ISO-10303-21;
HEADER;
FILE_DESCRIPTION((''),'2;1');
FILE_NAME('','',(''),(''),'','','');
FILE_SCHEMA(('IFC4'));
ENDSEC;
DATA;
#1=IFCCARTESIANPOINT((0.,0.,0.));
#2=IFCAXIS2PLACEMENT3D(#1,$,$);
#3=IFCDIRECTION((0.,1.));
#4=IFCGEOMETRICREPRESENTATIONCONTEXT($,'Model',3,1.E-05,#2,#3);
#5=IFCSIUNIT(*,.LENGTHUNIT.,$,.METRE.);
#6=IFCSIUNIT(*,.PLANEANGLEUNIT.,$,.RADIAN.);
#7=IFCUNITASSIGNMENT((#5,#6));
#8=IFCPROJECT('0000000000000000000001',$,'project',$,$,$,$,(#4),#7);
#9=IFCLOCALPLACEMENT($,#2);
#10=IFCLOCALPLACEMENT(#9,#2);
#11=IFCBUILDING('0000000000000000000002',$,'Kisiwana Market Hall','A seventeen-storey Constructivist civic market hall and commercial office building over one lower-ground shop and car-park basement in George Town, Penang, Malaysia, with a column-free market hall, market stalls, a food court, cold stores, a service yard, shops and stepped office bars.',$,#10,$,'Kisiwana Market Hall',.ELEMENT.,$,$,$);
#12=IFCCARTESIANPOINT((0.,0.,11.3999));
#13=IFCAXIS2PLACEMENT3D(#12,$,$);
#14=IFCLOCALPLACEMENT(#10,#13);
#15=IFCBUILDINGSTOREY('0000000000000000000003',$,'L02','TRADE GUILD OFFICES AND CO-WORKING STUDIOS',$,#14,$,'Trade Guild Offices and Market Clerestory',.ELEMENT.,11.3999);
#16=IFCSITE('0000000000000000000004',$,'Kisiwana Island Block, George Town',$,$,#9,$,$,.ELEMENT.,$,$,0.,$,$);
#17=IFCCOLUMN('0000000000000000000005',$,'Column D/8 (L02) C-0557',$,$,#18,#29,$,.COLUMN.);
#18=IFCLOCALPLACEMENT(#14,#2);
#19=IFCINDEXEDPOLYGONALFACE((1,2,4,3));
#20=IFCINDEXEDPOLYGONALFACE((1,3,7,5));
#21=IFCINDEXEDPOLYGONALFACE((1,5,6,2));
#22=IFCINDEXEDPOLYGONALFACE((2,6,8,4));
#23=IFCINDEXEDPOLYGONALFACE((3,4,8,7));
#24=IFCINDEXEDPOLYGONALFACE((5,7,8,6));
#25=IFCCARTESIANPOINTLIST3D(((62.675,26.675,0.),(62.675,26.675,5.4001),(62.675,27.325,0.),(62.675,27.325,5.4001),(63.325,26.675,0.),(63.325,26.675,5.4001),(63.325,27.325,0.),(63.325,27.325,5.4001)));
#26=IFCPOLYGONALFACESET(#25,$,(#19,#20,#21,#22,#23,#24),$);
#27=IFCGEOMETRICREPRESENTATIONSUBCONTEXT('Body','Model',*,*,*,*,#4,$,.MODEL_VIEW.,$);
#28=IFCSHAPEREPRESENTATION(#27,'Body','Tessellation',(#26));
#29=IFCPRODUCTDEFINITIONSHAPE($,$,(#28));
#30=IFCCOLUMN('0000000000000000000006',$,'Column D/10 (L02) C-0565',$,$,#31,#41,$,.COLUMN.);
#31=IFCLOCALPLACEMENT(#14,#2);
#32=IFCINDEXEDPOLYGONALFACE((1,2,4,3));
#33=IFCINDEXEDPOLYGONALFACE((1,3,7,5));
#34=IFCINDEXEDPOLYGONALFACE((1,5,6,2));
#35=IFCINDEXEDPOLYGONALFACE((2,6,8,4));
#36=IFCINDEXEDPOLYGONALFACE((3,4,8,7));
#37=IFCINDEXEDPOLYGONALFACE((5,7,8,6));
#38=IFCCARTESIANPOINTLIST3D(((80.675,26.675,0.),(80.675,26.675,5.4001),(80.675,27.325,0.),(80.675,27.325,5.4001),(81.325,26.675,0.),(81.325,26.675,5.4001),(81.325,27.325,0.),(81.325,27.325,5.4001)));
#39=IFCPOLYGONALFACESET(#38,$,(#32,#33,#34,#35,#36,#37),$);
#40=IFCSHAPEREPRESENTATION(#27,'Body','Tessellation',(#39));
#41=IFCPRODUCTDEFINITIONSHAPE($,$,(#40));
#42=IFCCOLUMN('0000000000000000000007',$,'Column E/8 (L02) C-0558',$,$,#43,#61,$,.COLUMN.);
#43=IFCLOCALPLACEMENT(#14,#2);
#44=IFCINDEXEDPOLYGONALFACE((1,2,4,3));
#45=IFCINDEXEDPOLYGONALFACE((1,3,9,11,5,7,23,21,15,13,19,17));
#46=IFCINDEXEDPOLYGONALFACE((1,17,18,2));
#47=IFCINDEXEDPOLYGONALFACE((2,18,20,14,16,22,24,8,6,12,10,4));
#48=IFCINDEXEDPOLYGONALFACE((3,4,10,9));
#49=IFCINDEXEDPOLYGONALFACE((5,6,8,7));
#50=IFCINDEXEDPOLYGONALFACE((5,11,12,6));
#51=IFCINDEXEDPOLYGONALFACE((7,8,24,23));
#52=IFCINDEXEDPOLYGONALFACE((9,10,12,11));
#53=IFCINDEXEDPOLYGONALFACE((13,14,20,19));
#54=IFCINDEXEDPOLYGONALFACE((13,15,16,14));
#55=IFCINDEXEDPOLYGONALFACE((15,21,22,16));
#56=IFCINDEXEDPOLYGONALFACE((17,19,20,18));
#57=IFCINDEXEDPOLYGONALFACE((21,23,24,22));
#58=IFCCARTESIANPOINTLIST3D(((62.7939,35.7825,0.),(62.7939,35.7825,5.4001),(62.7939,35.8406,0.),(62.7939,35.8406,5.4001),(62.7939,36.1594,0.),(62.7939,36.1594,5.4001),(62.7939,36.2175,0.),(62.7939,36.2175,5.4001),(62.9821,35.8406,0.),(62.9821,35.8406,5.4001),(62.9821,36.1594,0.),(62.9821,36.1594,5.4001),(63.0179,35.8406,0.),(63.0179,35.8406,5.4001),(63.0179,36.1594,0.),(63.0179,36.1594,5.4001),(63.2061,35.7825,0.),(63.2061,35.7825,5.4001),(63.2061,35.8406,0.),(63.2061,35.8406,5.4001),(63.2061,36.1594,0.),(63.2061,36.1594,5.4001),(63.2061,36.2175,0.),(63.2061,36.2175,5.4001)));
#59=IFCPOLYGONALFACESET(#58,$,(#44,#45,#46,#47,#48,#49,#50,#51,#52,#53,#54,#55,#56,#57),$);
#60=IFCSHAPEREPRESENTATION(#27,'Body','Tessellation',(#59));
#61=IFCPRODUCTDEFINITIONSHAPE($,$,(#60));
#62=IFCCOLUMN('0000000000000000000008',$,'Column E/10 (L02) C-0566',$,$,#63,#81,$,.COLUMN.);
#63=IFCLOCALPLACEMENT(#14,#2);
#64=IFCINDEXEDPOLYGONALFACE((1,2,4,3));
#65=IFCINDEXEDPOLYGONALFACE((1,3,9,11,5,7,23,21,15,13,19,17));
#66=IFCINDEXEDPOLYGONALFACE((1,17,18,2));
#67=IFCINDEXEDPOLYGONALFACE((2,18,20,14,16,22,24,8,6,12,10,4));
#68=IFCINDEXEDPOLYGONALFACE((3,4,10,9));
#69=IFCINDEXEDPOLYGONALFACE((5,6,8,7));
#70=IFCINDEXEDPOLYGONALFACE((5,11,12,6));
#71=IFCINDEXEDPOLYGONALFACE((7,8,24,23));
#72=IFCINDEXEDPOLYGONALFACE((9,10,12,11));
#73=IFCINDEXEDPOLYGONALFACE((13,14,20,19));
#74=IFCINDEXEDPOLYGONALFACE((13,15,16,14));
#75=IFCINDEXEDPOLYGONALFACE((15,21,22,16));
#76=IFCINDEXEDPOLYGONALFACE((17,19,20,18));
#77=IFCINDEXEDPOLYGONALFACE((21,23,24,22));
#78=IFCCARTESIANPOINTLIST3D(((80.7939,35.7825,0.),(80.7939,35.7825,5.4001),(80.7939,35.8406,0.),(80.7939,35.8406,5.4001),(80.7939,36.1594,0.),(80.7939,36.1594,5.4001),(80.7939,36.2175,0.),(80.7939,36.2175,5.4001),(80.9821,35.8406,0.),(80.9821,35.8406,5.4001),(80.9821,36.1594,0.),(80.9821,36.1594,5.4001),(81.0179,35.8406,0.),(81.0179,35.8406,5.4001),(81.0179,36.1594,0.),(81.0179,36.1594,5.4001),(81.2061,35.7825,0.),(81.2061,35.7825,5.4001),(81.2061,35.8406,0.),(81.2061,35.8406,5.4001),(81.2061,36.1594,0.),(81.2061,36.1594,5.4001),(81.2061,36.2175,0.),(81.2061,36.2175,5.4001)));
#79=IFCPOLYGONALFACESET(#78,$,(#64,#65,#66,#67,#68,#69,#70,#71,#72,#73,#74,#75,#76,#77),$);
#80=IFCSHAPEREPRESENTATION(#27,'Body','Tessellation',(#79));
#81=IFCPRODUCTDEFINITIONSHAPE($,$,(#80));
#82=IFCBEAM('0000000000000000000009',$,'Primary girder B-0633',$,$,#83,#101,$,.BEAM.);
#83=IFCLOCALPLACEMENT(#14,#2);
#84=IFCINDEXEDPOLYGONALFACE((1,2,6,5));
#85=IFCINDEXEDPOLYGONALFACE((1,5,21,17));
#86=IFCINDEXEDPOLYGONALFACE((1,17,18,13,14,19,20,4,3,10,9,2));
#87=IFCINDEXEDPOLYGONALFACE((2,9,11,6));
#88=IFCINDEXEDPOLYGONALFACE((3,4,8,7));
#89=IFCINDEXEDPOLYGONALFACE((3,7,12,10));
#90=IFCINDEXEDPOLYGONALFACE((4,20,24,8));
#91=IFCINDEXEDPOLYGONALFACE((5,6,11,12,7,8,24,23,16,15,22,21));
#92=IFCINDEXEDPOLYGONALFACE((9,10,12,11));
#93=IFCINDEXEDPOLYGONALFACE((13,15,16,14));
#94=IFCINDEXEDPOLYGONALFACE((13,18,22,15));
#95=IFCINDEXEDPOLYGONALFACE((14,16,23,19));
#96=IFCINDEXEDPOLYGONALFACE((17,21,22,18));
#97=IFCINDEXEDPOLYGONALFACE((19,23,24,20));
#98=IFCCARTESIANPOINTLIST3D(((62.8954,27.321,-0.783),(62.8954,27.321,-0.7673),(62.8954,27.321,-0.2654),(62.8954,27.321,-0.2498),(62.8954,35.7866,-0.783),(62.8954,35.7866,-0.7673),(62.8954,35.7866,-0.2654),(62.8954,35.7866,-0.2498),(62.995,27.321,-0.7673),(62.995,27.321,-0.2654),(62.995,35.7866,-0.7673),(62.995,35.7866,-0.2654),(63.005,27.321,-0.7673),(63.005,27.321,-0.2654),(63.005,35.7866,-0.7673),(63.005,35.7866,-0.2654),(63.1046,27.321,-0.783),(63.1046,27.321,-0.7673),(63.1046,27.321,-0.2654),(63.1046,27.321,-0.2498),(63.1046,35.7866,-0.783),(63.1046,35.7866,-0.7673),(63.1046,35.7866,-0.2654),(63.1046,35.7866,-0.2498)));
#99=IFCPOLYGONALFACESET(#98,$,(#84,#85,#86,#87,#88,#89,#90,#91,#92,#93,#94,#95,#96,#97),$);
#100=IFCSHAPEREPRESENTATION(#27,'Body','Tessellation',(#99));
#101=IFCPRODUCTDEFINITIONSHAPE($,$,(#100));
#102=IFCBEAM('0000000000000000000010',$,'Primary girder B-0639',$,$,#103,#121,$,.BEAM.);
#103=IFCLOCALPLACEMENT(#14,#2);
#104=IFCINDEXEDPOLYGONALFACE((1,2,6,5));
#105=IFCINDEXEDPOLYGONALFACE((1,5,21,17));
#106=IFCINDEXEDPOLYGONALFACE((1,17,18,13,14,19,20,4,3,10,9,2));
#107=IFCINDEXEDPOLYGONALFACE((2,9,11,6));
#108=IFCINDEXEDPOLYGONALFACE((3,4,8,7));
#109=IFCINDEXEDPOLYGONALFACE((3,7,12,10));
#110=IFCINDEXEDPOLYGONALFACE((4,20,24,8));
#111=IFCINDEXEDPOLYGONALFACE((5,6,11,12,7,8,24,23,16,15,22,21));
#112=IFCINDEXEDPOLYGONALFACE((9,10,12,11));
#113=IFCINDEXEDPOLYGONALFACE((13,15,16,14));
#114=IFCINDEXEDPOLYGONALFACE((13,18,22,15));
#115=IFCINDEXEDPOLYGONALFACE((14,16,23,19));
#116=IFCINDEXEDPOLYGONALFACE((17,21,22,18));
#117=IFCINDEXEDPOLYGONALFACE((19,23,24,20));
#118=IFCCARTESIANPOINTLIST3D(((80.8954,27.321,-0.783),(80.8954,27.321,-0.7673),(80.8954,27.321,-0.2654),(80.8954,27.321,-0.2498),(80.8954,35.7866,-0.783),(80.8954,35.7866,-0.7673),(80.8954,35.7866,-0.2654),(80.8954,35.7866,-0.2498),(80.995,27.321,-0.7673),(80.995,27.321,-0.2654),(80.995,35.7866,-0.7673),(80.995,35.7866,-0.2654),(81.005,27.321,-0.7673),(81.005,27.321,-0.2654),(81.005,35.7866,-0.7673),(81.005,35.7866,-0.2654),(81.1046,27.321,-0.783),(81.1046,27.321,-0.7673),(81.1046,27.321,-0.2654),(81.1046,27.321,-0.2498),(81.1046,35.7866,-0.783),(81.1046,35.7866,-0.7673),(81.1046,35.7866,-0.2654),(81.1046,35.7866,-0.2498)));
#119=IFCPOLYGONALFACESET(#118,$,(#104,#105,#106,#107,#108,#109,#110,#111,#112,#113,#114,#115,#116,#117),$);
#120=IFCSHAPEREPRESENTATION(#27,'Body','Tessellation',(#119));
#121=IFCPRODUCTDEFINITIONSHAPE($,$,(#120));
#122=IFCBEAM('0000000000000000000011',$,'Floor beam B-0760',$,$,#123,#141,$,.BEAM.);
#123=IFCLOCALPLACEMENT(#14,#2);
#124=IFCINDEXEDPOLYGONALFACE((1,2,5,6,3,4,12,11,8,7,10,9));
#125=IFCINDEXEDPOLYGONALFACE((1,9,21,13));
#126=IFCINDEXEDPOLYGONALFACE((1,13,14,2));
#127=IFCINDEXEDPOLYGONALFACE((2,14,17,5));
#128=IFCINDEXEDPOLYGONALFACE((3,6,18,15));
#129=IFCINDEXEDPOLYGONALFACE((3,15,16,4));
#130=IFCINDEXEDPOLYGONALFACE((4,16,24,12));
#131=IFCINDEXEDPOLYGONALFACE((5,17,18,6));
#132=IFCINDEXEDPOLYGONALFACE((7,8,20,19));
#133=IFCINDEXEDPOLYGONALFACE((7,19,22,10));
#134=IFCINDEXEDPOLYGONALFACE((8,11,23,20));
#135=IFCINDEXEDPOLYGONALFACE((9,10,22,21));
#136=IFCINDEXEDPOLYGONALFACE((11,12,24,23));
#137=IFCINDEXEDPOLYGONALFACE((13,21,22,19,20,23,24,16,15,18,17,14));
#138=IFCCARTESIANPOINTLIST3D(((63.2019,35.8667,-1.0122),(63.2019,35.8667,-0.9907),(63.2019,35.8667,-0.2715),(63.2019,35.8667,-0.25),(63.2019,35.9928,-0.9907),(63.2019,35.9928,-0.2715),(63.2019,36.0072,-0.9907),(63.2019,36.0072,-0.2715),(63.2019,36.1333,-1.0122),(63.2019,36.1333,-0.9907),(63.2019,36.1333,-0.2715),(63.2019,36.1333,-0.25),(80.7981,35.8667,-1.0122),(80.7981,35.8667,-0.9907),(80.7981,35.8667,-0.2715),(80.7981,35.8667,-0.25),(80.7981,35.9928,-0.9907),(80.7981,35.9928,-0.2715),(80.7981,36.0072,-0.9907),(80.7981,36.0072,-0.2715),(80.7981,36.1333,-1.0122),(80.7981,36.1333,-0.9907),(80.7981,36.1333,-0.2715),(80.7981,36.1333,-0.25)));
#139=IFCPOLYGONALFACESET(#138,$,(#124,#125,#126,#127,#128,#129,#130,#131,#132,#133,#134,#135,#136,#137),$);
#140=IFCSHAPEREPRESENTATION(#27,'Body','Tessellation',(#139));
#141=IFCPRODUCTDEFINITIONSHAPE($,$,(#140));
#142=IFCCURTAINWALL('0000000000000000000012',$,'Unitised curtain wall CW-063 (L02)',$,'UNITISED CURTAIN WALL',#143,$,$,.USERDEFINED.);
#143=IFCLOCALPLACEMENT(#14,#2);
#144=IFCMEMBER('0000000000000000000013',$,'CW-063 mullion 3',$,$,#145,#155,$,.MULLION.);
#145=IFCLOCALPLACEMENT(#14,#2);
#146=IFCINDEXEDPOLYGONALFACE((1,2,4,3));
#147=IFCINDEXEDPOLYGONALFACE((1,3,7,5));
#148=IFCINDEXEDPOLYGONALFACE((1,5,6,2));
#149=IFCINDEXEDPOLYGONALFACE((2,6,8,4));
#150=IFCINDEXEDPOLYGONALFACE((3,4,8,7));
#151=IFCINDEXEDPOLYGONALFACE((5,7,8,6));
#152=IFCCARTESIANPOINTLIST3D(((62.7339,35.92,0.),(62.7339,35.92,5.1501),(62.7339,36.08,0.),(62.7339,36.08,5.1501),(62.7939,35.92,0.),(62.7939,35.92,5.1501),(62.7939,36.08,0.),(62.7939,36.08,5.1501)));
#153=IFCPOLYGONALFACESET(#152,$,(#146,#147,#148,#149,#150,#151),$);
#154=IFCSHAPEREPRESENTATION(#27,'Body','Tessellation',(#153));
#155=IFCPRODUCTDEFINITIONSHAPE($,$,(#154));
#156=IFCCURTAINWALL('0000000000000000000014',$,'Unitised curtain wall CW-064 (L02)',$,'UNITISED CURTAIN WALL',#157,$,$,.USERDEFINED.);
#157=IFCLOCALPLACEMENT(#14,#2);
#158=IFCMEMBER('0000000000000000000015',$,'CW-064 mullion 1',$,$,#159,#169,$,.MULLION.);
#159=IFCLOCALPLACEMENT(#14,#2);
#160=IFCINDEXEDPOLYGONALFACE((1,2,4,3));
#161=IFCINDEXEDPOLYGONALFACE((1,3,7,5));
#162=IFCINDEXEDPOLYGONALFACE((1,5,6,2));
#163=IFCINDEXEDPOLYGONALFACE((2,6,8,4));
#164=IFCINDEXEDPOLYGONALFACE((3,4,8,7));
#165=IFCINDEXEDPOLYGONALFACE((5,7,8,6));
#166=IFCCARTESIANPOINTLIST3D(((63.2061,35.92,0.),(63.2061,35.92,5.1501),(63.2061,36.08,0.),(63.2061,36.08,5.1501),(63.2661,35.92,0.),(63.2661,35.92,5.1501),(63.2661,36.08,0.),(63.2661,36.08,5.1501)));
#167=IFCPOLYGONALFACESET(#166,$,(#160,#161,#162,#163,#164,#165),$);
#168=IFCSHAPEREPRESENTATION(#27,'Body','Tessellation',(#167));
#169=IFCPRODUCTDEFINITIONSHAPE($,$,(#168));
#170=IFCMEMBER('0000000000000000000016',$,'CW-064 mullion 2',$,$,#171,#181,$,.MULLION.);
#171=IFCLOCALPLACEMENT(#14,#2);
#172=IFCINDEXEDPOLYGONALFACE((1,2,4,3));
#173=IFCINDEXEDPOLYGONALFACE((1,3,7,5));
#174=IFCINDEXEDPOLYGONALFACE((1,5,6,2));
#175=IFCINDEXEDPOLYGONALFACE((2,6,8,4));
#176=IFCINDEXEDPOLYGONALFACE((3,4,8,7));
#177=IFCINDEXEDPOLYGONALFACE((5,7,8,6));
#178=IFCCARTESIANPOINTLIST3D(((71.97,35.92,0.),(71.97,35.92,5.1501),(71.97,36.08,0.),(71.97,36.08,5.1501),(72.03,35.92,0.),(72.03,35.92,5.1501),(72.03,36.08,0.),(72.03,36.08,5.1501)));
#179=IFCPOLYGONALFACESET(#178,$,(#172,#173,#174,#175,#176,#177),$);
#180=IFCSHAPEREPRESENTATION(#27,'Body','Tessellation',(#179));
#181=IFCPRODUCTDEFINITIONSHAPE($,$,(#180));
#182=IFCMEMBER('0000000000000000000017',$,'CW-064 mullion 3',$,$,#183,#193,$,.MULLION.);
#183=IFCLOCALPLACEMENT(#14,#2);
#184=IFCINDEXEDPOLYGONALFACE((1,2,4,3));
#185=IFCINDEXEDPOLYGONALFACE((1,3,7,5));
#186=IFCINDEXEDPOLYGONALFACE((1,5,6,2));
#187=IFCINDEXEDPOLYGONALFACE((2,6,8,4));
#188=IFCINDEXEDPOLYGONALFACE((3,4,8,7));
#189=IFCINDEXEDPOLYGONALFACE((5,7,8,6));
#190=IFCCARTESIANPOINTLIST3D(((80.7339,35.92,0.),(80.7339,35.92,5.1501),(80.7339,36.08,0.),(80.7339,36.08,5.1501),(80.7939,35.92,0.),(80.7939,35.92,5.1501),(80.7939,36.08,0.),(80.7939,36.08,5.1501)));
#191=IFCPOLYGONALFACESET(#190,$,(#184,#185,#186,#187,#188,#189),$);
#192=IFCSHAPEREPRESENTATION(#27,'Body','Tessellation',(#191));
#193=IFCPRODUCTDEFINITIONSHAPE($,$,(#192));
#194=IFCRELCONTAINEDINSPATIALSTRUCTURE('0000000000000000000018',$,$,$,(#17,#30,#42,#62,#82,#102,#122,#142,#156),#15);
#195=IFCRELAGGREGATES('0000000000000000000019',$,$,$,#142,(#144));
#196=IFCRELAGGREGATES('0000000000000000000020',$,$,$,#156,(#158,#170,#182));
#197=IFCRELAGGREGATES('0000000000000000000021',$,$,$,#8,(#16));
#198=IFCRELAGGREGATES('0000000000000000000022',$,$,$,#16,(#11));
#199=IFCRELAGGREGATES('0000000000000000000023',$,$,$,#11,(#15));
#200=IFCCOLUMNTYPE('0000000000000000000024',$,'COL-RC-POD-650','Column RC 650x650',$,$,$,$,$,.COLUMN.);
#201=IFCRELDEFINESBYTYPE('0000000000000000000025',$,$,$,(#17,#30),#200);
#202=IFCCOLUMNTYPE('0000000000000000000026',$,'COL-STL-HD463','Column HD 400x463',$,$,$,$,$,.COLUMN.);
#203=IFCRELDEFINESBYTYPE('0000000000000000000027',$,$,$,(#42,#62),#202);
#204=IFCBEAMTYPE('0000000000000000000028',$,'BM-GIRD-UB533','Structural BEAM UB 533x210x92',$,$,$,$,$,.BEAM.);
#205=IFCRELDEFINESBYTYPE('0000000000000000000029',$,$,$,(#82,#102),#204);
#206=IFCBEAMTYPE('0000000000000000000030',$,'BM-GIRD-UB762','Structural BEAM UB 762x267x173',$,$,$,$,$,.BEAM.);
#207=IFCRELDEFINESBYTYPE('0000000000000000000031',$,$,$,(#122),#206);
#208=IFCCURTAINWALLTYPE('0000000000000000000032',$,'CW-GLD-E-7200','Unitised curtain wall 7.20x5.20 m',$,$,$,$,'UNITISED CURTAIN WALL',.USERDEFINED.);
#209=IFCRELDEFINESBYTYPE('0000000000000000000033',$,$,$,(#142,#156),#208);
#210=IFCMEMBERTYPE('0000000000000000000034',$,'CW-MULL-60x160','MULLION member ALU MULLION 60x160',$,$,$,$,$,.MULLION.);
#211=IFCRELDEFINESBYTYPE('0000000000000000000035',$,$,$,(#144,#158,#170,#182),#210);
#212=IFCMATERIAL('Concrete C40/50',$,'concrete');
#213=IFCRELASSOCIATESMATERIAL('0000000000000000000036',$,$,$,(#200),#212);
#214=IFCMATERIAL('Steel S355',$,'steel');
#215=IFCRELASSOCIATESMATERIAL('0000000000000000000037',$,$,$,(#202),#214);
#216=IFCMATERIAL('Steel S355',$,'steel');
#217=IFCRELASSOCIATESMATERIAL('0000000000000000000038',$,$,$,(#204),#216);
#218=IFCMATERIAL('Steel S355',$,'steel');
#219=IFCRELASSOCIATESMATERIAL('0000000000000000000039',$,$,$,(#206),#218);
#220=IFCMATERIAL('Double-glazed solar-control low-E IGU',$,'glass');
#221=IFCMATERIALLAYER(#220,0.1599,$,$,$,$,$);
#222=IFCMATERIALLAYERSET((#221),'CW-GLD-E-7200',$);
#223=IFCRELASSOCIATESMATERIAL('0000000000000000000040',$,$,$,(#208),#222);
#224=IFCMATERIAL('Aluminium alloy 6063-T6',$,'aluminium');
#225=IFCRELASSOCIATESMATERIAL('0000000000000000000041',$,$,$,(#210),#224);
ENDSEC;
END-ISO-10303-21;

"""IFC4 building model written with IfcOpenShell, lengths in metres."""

from ifc_helpers import new_model, si_unit, direction, frame, origin, origin_2d, place, context, subcontext, project, spatial, rectangle, i_section, extrude, material, layer, layer_set, material_profile, profile_set, type_object, element, aggregate, save


model = new_model("IFC4")

# Units and contexts
model_context = context("Model", 3, precision=1e-05, world=origin(), true_north=direction((0.0, 1.0)))
body_context = subcontext(model_context, "Body", "Model", "MODEL_VIEW")
ifc_project = project(units=[si_unit("LENGTHUNIT", "METRE"), si_unit("PLANEANGLEUNIT", "RADIAN")], contexts=[model_context])

# Site, building, storey
site_placement = place(None, origin())
site = spatial("IfcSite", under=ifc_project, at=site_placement, Name="Kisiwana Island Block, George Town", CompositionType="ELEMENT", RefElevation=0.0)
building_placement = place(site_placement, origin())
building = spatial("IfcBuilding", under=site, at=building_placement, Name="Kisiwana Market Hall", Description="A seventeen-storey Constructivist civic market hall and commercial office building over one lower-ground shop and car-park basement in George Town, Penang, Malaysia, with a column-free market hall, market stalls, a food court, cold stores, a service yard, shops and stepped office bars.", LongName="Kisiwana Market Hall", CompositionType="ELEMENT")
storey_placement = place(building_placement, frame((0.0, 0.0, 11.3999)))
storey = spatial("IfcBuildingStorey", under=building, at=storey_placement, Name="L02", Description="TRADE GUILD OFFICES AND CO-WORKING STUDIOS", LongName="Trade Guild Offices and Market Clerestory", CompositionType="ELEMENT", Elevation=11.3999)

# Columns
ifc_material_1 = material(Name="Concrete C40/50", Category="concrete")
ifc_material_profile_1 = material_profile(ifc_material_1, rectangle(XDim=0.6499, YDim=0.6499, at=origin_2d()), Name="RC 650x650")
ifc_profile_set_1 = profile_set([ifc_material_profile_1], Name="Concrete C40/50")
column_type_1 = type_object("IfcColumnType", Name="COL-RC-POD-650", Description="Column RC 650x650", PredefinedType="COLUMN", material=ifc_profile_set_1)
for number, where, z_axis, x_axis, name in (
    (1, (63.0, 27.0, 0.0), (0.0, 0.0, 1.0), (1.0, 0.0, 0.0), "Column D/8 (L02) C-0557"),
    (2, (81.0, 27.0, 0.0), (0.0, 0.0, 1.0), (1.0, 0.0, 0.0), "Column D/10 (L02) C-0565"),
):
    element("IfcColumn", number, at=place(storey_placement, frame(where, z_axis=z_axis, x_axis=x_axis)), inside=storey, type_object=column_type_1, Name=name, PredefinedType="COLUMN", context=body_context, shape_type="SweptSolid", body=[
        extrude(rectangle(XDim=0.6499, YDim=0.6499, at=origin_2d()), origin(), (0.0, 0.0, 1.0), 5.4001),
    ])
ifc_material_2 = material(Name="Steel S355", Category="steel")
ifc_material_profile_2 = material_profile(ifc_material_2, i_section(OverallWidth=0.4121, OverallDepth=0.4351, WebThickness=0.0359, FlangeThickness=0.0581, at=origin_2d()), Name="HD 400x463")
ifc_profile_set_2 = profile_set([ifc_material_profile_2], Name="Steel S355")
column_type_2 = type_object("IfcColumnType", Name="COL-STL-HD463", Description="Column HD 400x463", PredefinedType="COLUMN", material=ifc_profile_set_2)
for number, where, z_axis, x_axis, name in (
    (3, (63.0, 36.0, 0.0), (0.0, 0.0, 1.0), (1.0, 0.0, 0.0), "Column E/8 (L02) C-0558"),
    (4, (81.0, 36.0, 0.0), (0.0, 0.0, 1.0), (1.0, 0.0, 0.0), "Column E/10 (L02) C-0566"),
):
    element("IfcColumn", number, at=place(storey_placement, frame(where, z_axis=z_axis, x_axis=x_axis)), inside=storey, type_object=column_type_2, Name=name, PredefinedType="COLUMN", context=body_context, shape_type="SweptSolid", body=[
        extrude(i_section(OverallWidth=0.4121, OverallDepth=0.4351, WebThickness=0.0359, FlangeThickness=0.0581, at=origin_2d()), origin(), (0.0, 0.0, 1.0), 5.4001),
    ])

# Beams
ifc_material_3 = material(Name="Steel S355", Category="steel")
ifc_material_profile_3 = material_profile(ifc_material_3, i_section(OverallWidth=0.2092, OverallDepth=0.5332, WebThickness=0.01, FlangeThickness=0.0156, at=origin_2d()), Name="UB 533x210x92")
ifc_profile_set_3 = profile_set([ifc_material_profile_3], Name="Steel S355")
beam_type_1 = type_object("IfcBeamType", Name="BM-GIRD-UB533", Description="Structural BEAM UB 533x210x92", PredefinedType="BEAM", material=ifc_profile_set_3)
for number, where, z_axis, x_axis, name in (
    (5, (63.0, 27.321, -0.5164), (0.0, 1.0, 0.0), (-1.0, 0.0, 0.0), "Primary girder B-0633"),
    (6, (81.0, 27.321, -0.5164), (0.0, 1.0, 0.0), (-1.0, 0.0, 0.0), "Primary girder B-0639"),
):
    element("IfcBeam", number, at=place(storey_placement, frame(where, z_axis=z_axis, x_axis=x_axis)), inside=storey, type_object=beam_type_1, Name=name, PredefinedType="BEAM", context=body_context, shape_type="SweptSolid", body=[
        extrude(i_section(OverallWidth=0.2092, OverallDepth=0.5332, WebThickness=0.01, FlangeThickness=0.0156, at=origin_2d()), origin(), (0.0, 0.0, 1.0), 8.4656),
    ])
ifc_material_4 = material(Name="Steel S355", Category="steel")
ifc_material_profile_4 = material_profile(ifc_material_4, i_section(OverallWidth=0.2666, OverallDepth=0.7622, WebThickness=0.0144, FlangeThickness=0.0215, at=origin_2d()), Name="UB 762x267x173")
ifc_profile_set_4 = profile_set([ifc_material_profile_4], Name="Steel S355")
beam_type_2 = type_object("IfcBeamType", Name="BM-GIRD-UB762", Description="Structural BEAM UB 762x267x173", PredefinedType="BEAM", material=ifc_profile_set_4)
beam_placement = place(storey_placement, frame((63.2019, 36.0, -0.6311), z_axis=(1.0, 0.0, 0.0), x_axis=(0.0, 1.0, 0.0)))
element("IfcBeam", 7, at=beam_placement, inside=storey, type_object=beam_type_2, Name="Floor beam B-0760", PredefinedType="BEAM", context=body_context, shape_type="SweptSolid", body=[
    extrude(i_section(OverallWidth=0.2666, OverallDepth=0.7622, WebThickness=0.0144, FlangeThickness=0.0215, at=origin_2d()), origin(), (0.0, 0.0, 1.0), 17.5962),
])

# Curtain wall, member
ifc_material_5 = material(Name="Double-glazed solar-control low-E IGU", Category="glass")
ifc_layer_1 = layer(ifc_material_5, 0.1599)
ifc_layer_set_1 = layer_set([ifc_layer_1], Name="CW-GLD-E-7200")
curtain_wall_type = type_object("IfcCurtainWallType", Name="CW-GLD-E-7200", Description="Unitised curtain wall 7.20x5.20 m", ElementType="UNITISED CURTAIN WALL", PredefinedType="USERDEFINED", material=ifc_layer_set_1)
curtain_wall_1_placement = place(storey_placement, origin())
curtain_wall_1 = element("IfcCurtainWall", 8, at=curtain_wall_1_placement, inside=storey, type_object=curtain_wall_type, Name="Unitised curtain wall CW-063 (L02)", ObjectType="UNITISED CURTAIN WALL", PredefinedType="USERDEFINED")
ifc_material_6 = material(Name="Aluminium alloy 6063-T6", Category="aluminium")
ifc_material_profile_5 = material_profile(ifc_material_6, rectangle(XDim=0.0601, YDim=0.1599, at=origin_2d()), Name="ALU MULLION 60x160")
ifc_profile_set_5 = profile_set([ifc_material_profile_5], Name="Aluminium alloy 6063-T6")
member_type_1 = type_object("IfcMemberType", Name="CW-MULL-60x160", Description="MULLION member ALU MULLION 60x160", PredefinedType="MULLION", material=ifc_profile_set_5)
member_1_placement = place(storey_placement, frame((62.7639, 36.0, 0.0), z_axis=(0.0, 0.0, 1.0), x_axis=(1.0, 0.0, 0.0)))
member_1 = element("IfcMember", 9, at=member_1_placement, type_object=member_type_1, Name="CW-063 mullion 3", PredefinedType="MULLION", context=body_context, shape_type="SweptSolid", body=[
    extrude(rectangle(XDim=0.0601, YDim=0.1599, at=origin_2d()), origin(), (0.0, 0.0, 1.0), 5.1501),
])

# Curtain wall, members
curtain_wall_2_placement = place(storey_placement, origin())
curtain_wall_2 = element("IfcCurtainWall", 10, at=curtain_wall_2_placement, inside=storey, type_object=curtain_wall_type, Name="Unitised curtain wall CW-064 (L02)", ObjectType="UNITISED CURTAIN WALL", PredefinedType="USERDEFINED")
member_2_placement = place(storey_placement, frame((63.2361, 36.0, 0.0), z_axis=(0.0, 0.0, 1.0), x_axis=(1.0, 0.0, 0.0)))
member_2 = element("IfcMember", 11, at=member_2_placement, type_object=member_type_1, Name="CW-064 mullion 1", PredefinedType="MULLION", context=body_context, shape_type="SweptSolid", body=[
    extrude(rectangle(XDim=0.0601, YDim=0.1599, at=origin_2d()), origin(), (0.0, 0.0, 1.0), 5.1501),
])
member_3_placement = place(storey_placement, frame((72.0, 36.0, 0.0), z_axis=(0.0, 0.0, 1.0), x_axis=(1.0, 0.0, 0.0)))
member_3 = element("IfcMember", 12, at=member_3_placement, type_object=member_type_1, Name="CW-064 mullion 2", PredefinedType="MULLION", context=body_context, shape_type="SweptSolid", body=[
    extrude(rectangle(XDim=0.0601, YDim=0.1599, at=origin_2d()), origin(), (0.0, 0.0, 1.0), 5.1501),
])
member_4_placement = place(storey_placement, frame((80.7639, 36.0, 0.0), z_axis=(0.0, 0.0, 1.0), x_axis=(1.0, 0.0, 0.0)))
member_4 = element("IfcMember", 13, at=member_4_placement, type_object=member_type_1, Name="CW-064 mullion 3", PredefinedType="MULLION", context=body_context, shape_type="SweptSolid", body=[
    extrude(rectangle(XDim=0.0601, YDim=0.1599, at=origin_2d()), origin(), (0.0, 0.0, 1.0), 5.1501),
])

aggregate(curtain_wall_1, [member_1])
aggregate(curtain_wall_2, [member_2, member_3, member_4])

save(model, "model.ifc")
